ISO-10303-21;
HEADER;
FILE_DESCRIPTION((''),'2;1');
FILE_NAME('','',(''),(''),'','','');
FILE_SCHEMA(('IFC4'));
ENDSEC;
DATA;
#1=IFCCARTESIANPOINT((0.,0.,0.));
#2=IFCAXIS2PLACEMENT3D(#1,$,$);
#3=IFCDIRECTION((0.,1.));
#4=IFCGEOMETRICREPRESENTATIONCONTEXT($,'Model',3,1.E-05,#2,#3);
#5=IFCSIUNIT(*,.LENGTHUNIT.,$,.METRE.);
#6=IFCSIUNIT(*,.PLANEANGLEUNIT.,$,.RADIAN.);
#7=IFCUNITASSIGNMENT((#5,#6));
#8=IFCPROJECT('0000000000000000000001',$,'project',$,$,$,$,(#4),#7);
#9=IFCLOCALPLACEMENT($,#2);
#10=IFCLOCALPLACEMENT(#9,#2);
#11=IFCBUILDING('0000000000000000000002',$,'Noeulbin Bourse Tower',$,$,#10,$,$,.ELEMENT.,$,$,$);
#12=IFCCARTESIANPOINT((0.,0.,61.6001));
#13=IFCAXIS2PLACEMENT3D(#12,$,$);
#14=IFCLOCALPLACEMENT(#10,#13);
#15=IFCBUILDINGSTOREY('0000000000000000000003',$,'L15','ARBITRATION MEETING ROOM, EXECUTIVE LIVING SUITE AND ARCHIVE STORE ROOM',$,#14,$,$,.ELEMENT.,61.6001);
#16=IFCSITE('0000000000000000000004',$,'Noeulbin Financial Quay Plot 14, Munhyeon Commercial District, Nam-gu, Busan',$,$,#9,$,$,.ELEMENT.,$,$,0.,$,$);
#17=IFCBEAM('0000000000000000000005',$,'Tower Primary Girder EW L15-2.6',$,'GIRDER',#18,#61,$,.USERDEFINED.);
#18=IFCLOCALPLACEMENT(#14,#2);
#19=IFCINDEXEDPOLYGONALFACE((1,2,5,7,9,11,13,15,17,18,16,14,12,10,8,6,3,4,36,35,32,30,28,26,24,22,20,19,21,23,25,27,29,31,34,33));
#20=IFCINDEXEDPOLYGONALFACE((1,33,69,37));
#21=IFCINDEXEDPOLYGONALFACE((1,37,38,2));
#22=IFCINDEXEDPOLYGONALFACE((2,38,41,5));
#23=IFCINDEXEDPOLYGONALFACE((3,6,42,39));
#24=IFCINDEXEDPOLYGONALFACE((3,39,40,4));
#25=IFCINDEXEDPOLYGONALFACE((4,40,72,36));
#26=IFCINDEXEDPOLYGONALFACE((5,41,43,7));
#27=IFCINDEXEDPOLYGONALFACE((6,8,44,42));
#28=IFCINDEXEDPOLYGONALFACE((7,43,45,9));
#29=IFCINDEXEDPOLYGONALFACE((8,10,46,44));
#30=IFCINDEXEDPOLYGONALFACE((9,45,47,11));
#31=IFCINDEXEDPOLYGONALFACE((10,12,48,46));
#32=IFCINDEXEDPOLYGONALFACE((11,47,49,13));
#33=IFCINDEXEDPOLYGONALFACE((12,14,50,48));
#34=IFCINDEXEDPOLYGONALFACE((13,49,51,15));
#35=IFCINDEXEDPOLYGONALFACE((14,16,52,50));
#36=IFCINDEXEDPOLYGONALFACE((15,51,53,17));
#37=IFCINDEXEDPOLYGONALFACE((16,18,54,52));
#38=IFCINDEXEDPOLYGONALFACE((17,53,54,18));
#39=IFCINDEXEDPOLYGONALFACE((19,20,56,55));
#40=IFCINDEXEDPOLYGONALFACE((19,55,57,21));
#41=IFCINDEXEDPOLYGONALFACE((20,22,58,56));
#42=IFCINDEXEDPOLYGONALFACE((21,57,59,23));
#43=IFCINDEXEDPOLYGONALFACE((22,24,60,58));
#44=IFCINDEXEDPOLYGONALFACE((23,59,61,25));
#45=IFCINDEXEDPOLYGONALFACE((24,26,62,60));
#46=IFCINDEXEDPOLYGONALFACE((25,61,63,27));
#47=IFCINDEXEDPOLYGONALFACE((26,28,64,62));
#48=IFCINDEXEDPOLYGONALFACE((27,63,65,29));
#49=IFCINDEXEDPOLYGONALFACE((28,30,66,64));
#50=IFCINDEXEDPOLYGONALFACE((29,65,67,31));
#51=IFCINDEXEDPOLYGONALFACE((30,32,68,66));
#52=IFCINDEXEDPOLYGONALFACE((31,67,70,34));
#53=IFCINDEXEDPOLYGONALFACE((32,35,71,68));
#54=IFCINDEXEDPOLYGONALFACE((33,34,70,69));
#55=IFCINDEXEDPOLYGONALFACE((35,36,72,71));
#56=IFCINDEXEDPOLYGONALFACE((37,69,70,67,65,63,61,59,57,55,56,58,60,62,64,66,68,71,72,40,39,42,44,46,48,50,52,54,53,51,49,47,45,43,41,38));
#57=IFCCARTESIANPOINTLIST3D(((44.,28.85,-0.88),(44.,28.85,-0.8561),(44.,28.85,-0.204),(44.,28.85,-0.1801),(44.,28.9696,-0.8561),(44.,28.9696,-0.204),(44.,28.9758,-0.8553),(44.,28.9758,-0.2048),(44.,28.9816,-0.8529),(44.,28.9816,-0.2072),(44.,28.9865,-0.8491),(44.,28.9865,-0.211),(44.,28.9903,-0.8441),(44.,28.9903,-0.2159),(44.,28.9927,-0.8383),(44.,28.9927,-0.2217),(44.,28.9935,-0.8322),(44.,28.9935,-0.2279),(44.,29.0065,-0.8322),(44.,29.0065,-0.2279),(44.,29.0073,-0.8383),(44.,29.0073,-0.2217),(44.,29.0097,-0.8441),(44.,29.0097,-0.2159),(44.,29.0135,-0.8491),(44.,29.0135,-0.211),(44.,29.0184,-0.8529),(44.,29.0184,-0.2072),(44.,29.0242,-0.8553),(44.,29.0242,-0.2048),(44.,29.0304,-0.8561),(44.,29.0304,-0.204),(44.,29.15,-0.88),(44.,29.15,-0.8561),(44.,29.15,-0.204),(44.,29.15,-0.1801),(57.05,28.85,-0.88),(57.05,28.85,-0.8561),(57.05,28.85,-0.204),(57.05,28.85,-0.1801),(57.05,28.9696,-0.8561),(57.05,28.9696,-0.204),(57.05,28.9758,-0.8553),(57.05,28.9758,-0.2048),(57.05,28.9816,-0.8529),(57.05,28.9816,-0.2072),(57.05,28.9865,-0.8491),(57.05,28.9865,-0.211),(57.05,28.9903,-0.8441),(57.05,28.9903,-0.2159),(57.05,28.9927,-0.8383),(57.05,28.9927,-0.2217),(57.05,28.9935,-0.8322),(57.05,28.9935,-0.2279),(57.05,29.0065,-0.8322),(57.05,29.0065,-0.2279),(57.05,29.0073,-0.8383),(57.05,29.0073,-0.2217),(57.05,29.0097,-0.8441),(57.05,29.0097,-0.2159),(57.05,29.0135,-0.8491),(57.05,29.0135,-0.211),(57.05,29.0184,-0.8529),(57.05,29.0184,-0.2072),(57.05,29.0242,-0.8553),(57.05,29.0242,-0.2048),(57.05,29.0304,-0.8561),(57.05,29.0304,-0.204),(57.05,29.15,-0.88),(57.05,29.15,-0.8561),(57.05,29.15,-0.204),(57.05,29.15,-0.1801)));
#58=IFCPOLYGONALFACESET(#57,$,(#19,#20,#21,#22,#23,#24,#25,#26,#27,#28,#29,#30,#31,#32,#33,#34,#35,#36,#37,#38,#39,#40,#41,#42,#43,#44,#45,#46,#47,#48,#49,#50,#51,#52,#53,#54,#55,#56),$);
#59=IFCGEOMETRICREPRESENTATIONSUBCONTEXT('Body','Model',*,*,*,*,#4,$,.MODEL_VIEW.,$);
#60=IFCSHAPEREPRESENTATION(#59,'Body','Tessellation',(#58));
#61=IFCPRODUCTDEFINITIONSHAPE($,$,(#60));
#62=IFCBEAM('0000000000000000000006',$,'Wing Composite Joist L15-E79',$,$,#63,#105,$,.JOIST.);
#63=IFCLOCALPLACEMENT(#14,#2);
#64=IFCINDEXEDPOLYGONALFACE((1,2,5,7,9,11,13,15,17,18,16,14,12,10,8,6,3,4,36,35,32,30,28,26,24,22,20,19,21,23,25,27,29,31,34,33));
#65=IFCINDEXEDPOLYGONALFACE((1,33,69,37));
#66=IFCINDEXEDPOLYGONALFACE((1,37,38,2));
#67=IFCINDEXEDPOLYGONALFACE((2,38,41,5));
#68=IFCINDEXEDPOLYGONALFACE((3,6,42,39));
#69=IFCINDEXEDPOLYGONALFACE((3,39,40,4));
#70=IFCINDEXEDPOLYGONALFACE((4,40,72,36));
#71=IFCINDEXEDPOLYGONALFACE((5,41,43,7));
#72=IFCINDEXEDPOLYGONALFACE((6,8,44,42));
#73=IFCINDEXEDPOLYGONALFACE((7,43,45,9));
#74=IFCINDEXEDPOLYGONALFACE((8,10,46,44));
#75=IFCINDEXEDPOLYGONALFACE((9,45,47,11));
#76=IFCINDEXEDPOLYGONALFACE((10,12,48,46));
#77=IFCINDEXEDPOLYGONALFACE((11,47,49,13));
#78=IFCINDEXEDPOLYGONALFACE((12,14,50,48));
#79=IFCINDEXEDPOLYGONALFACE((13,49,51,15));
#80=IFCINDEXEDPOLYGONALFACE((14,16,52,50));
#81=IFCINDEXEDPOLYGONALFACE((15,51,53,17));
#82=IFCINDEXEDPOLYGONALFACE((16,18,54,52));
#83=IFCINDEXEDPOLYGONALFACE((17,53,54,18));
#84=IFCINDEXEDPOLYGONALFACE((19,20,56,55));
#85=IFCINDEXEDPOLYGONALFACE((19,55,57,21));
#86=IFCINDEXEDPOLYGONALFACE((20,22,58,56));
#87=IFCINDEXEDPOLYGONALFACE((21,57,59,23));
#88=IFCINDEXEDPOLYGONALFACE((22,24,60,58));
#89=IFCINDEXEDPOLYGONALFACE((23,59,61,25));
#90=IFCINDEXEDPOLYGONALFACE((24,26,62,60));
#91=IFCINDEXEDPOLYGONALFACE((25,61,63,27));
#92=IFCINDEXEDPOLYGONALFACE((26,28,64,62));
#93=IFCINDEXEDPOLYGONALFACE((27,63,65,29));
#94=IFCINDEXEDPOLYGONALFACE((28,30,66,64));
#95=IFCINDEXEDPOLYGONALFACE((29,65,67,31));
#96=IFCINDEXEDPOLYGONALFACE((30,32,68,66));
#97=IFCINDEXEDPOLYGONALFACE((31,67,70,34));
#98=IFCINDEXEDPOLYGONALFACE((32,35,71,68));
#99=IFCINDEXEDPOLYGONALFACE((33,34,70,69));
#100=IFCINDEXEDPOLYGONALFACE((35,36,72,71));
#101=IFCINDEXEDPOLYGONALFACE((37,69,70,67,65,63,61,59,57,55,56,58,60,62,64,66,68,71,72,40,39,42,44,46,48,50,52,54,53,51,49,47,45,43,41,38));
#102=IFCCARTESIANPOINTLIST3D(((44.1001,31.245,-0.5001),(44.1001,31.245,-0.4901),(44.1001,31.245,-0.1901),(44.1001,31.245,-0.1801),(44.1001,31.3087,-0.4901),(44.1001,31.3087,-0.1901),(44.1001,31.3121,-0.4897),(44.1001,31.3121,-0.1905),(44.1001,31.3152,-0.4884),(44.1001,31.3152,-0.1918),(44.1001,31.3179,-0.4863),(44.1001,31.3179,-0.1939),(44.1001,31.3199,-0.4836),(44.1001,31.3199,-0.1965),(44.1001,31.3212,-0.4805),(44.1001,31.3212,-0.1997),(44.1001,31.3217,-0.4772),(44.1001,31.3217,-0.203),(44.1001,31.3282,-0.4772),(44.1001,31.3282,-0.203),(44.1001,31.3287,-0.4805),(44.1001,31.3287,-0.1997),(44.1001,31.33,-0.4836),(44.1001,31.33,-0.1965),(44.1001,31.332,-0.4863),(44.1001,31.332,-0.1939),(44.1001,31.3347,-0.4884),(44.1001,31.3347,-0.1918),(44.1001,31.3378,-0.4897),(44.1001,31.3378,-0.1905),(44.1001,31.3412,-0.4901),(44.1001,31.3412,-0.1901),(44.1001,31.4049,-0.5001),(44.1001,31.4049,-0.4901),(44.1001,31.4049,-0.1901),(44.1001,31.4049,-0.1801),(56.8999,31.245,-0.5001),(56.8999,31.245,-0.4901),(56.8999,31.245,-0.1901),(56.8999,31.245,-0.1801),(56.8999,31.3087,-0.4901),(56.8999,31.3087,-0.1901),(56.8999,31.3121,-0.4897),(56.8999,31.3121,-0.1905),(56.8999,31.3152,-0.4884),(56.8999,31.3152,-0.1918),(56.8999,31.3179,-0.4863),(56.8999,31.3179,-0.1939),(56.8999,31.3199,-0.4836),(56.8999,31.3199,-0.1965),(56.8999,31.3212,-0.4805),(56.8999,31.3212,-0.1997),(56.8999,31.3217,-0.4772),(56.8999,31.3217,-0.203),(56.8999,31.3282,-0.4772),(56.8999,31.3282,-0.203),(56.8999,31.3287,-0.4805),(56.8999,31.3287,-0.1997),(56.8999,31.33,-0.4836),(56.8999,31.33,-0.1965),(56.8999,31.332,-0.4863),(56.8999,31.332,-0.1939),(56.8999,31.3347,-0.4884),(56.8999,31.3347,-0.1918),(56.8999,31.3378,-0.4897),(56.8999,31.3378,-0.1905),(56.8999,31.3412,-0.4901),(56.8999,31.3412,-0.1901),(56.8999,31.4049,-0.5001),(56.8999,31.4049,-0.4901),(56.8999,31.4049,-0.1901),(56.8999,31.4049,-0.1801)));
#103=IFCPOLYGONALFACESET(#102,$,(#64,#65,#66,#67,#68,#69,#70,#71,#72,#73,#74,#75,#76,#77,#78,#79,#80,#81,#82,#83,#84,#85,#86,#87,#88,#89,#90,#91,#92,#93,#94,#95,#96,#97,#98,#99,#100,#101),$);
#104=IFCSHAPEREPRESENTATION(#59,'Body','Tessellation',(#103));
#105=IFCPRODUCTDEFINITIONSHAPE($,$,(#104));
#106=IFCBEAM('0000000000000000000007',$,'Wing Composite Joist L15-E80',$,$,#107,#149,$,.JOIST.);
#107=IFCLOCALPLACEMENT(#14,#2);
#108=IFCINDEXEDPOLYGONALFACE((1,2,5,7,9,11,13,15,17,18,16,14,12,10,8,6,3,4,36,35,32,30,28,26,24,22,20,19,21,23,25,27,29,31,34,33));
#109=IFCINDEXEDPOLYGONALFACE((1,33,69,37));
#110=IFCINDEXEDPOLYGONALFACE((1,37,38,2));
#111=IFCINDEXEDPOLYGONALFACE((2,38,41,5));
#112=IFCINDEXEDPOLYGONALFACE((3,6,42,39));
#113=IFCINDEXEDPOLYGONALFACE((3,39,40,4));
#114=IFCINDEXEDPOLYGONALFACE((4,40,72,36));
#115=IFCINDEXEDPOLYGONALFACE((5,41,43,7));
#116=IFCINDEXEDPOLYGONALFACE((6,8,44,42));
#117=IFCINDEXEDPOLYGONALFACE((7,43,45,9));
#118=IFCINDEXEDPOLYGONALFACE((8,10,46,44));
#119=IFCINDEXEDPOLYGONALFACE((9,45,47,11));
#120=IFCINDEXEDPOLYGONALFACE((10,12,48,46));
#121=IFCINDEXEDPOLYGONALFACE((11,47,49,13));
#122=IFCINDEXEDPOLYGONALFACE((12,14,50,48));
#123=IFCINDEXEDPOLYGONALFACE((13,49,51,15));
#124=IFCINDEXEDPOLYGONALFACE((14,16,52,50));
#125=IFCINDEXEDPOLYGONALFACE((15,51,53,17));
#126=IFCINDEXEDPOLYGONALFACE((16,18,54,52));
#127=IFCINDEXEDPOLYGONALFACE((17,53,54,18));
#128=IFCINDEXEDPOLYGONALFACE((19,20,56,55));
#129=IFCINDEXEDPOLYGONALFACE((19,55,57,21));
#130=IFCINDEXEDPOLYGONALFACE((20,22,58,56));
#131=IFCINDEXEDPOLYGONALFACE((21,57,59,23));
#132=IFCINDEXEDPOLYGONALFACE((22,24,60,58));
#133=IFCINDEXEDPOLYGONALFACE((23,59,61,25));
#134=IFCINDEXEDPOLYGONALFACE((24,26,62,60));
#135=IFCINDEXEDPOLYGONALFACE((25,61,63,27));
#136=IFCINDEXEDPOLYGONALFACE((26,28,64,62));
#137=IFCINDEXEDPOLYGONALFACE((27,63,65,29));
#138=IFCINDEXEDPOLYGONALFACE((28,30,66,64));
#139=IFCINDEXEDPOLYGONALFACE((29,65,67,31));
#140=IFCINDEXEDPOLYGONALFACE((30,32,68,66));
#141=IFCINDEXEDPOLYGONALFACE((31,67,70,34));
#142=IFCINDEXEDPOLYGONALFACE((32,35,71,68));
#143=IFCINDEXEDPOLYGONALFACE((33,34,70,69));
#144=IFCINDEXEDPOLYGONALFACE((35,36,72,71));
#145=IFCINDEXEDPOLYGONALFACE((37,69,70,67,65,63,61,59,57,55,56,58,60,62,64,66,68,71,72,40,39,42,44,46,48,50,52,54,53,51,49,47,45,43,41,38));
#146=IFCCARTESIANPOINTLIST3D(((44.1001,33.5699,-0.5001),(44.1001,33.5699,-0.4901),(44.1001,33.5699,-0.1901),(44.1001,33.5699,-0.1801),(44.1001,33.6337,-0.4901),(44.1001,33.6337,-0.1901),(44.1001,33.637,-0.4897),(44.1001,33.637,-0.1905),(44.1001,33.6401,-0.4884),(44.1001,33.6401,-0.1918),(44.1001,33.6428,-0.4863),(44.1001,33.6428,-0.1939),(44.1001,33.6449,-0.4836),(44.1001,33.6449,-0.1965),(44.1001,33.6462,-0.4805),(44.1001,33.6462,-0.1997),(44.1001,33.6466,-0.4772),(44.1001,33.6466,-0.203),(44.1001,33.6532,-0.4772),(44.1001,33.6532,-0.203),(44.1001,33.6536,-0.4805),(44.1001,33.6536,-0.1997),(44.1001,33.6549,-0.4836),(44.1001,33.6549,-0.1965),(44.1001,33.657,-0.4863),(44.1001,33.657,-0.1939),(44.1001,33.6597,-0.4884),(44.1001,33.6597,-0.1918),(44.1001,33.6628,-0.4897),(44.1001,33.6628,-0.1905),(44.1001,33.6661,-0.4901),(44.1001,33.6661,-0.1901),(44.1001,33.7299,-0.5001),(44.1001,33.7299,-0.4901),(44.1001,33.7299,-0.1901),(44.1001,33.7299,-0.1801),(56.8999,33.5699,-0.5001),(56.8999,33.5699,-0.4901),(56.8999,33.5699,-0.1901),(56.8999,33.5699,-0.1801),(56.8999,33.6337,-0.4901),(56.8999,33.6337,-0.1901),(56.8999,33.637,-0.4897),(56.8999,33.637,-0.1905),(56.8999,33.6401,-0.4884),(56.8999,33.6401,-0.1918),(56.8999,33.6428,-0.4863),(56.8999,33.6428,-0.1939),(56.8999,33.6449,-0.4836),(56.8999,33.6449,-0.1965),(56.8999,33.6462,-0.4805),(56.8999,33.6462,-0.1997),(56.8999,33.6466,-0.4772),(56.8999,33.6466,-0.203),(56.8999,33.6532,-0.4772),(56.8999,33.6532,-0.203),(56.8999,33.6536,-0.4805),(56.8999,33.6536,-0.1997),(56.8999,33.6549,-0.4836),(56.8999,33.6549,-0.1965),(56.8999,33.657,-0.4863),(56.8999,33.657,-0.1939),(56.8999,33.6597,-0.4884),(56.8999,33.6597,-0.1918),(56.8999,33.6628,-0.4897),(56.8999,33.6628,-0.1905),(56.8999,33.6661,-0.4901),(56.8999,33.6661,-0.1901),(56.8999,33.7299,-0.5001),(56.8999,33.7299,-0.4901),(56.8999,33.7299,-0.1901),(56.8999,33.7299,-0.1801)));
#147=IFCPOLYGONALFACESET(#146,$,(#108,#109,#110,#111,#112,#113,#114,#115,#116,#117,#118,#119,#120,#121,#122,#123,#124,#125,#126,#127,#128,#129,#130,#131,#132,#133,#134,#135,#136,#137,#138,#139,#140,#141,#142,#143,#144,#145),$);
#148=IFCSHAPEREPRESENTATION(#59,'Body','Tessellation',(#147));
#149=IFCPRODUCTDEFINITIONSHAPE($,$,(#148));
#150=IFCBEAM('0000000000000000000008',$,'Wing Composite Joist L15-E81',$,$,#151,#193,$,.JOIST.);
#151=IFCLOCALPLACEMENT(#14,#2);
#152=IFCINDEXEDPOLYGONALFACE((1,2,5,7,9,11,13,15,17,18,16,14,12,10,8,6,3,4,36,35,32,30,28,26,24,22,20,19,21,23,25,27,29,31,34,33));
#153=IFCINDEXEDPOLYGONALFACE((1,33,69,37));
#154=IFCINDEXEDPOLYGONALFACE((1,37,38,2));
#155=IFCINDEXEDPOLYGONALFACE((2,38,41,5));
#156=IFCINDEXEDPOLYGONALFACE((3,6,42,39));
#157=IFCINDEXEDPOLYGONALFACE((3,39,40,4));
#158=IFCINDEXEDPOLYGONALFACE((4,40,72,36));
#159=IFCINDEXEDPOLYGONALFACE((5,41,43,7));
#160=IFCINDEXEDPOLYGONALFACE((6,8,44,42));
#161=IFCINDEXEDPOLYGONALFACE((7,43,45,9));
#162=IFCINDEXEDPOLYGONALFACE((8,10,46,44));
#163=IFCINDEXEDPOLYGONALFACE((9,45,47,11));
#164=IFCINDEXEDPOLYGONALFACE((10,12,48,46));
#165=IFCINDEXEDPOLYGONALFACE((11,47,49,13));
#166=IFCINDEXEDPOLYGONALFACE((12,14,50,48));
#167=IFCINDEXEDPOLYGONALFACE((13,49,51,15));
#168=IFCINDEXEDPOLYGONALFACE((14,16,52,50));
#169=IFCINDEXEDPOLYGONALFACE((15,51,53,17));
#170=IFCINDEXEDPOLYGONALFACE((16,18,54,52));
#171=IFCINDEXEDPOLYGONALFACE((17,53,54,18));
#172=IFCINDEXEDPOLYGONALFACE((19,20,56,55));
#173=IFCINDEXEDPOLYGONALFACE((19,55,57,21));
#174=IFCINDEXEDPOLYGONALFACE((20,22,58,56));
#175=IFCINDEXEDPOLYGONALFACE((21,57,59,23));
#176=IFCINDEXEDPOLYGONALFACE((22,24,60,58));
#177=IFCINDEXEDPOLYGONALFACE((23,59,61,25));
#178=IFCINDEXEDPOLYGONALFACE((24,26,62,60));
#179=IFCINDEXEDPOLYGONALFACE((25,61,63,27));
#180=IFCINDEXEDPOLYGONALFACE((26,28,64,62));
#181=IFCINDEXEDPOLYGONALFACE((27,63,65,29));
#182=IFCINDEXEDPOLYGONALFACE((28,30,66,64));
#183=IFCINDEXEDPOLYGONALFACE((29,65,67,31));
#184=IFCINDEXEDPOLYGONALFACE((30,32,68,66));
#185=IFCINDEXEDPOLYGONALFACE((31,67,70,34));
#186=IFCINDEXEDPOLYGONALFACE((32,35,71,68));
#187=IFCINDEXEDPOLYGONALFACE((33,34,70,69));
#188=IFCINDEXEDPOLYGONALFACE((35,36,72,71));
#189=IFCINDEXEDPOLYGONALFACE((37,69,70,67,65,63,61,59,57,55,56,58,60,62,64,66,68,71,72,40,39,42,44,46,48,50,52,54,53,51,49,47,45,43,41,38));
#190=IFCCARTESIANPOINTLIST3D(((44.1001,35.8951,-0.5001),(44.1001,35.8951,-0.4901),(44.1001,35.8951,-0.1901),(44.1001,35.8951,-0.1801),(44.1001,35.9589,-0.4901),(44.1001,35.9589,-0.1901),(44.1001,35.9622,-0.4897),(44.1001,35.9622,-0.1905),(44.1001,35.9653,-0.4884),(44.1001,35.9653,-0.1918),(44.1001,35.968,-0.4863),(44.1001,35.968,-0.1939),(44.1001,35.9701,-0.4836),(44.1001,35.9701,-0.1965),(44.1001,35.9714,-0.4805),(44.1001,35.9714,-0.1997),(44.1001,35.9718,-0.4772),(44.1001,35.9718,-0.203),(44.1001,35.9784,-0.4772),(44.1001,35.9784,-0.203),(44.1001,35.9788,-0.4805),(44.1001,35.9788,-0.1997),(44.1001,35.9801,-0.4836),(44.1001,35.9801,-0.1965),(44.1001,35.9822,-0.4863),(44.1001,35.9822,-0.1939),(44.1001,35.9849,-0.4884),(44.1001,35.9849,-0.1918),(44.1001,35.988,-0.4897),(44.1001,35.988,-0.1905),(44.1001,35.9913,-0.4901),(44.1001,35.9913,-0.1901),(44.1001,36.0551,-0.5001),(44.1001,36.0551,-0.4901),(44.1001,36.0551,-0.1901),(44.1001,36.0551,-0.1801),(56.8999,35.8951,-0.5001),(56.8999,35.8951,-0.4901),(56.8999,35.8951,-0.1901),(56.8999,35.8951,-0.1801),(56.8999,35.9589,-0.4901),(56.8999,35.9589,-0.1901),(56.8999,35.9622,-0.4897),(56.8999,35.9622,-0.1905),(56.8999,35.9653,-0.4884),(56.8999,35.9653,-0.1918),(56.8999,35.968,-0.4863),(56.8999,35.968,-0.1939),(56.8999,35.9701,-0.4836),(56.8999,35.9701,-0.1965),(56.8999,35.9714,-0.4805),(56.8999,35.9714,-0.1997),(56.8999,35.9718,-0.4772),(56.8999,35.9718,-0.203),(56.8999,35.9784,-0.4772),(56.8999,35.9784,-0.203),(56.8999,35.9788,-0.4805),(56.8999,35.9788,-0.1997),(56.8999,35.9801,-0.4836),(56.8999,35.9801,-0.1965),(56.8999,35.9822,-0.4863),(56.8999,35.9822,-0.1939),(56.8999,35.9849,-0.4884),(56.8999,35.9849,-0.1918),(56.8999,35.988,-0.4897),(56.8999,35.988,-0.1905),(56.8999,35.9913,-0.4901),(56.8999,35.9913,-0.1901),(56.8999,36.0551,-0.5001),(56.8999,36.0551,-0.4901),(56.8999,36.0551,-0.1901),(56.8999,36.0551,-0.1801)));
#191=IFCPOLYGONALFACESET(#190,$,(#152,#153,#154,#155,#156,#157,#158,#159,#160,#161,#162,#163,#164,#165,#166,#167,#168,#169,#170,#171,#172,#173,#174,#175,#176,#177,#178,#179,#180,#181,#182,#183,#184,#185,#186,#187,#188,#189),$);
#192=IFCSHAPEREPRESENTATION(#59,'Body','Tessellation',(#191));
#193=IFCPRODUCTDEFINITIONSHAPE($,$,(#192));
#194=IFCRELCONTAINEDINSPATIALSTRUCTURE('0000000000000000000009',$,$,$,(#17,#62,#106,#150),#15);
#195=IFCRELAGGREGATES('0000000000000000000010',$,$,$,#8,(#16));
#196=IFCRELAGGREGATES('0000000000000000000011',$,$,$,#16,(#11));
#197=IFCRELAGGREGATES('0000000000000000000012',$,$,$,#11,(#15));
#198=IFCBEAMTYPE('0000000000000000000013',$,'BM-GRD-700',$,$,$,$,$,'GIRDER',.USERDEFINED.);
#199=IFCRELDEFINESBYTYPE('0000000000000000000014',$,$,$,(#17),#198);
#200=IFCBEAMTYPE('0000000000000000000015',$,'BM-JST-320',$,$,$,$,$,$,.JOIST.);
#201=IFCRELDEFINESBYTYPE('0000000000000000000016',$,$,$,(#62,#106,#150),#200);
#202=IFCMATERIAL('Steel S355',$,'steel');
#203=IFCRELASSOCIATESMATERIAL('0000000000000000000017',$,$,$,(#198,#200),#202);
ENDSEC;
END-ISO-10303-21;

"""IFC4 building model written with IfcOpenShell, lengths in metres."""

from ifc_helpers import new_model, si_unit, direction, frame, origin, origin_2d, place, context, subcontext, project, spatial, i_section, extrude, material, material_profile, profile_set, type_object, element, save


model = new_model("IFC4")

# Units and contexts
model_context = context("Model", 3, precision=1e-05, world=origin(), true_north=direction((0.0, 1.0)))
body_context = subcontext(model_context, "Body", "Model", "MODEL_VIEW")
ifc_project = project(units=[si_unit("LENGTHUNIT", "METRE"), si_unit("PLANEANGLEUNIT", "RADIAN")], contexts=[model_context])

# Site, building, storey
site_placement = place(None, origin())
site = spatial("IfcSite", under=ifc_project, at=site_placement, Name="Noeulbin Financial Quay Plot 14, Munhyeon Commercial District, Nam-gu, Busan", CompositionType="ELEMENT", RefElevation=0.0)
building_placement = place(site_placement, origin())
building = spatial("IfcBuilding", under=site, at=building_placement, Name="Noeulbin Bourse Tower", CompositionType="ELEMENT")
storey_placement = place(building_placement, frame((0.0, 0.0, 61.6001)))
storey = spatial("IfcBuildingStorey", under=building, at=storey_placement, Name="L15", Description="ARBITRATION MEETING ROOM, EXECUTIVE LIVING SUITE AND ARCHIVE STORE ROOM", CompositionType="ELEMENT", Elevation=61.6001)

# Beams
ifc_material_1 = material(Name="Steel S355", Category="steel")
ifc_material_profile_1 = material_profile(ifc_material_1, i_section(OverallWidth=0.3, OverallDepth=0.7, WebThickness=0.0129, FlangeThickness=0.0239, FilletRadius=0.0239, at=origin_2d()), Name="H-700x300x13x24", Category="LoadBearing")
ifc_profile_set_1 = profile_set([ifc_material_profile_1], Name="Steel S355")
beam_type_1 = type_object("IfcBeamType", Name="BM-GRD-700", ElementType="GIRDER", PredefinedType="USERDEFINED", material=ifc_profile_set_1)
beam_1_placement = place(storey_placement, frame((44.0, 29.0, -0.53), z_axis=(1.0, 0.0, 0.0), x_axis=(0.0, 1.0, 0.0)))
element("IfcBeam", 1, at=beam_1_placement, inside=storey, type_object=beam_type_1, Name="Tower Primary Girder EW L15-2.6", ObjectType="GIRDER", PredefinedType="USERDEFINED", context=body_context, shape_type="SweptSolid", body=[
    extrude(i_section(OverallWidth=0.3, OverallDepth=0.7, WebThickness=0.0129, FlangeThickness=0.0239, FilletRadius=0.0239, at=origin_2d()), origin(), (0.0, 0.0, 1.0), 13.05),
])
ifc_material_profile_2 = material_profile(ifc_material_1, i_section(OverallWidth=0.1599, OverallDepth=0.3201, WebThickness=0.0066, FlangeThickness=0.01, FilletRadius=0.0129, at=origin_2d()), Name="H-320x160x6.5x10", Category="LoadBearing")
ifc_profile_set_2 = profile_set([ifc_material_profile_2], Name="Steel S355")
beam_type_2 = type_object("IfcBeamType", Name="BM-JST-320", PredefinedType="JOIST", material=ifc_profile_set_2)
for number, where, z_axis, x_axis, name in (
    (2, (44.1001, 31.325, -0.3401), (1.0, 0.0, 0.0), (0.0, 1.0, 0.0), "Wing Composite Joist L15-E79"),
    (3, (44.1001, 33.6499, -0.3401), (1.0, 0.0, 0.0), (0.0, 1.0, 0.0), "Wing Composite Joist L15-E80"),
    (4, (44.1001, 35.9751, -0.3401), (1.0, 0.0, 0.0), (0.0, 1.0, 0.0), "Wing Composite Joist L15-E81"),
):
    element("IfcBeam", number, at=place(storey_placement, frame(where, z_axis=z_axis, x_axis=x_axis)), inside=storey, type_object=beam_type_2, Name=name, PredefinedType="JOIST", context=body_context, shape_type="SweptSolid", body=[
        extrude(i_section(OverallWidth=0.1599, OverallDepth=0.3201, WebThickness=0.0066, FlangeThickness=0.01, FilletRadius=0.0129, at=origin_2d()), origin(), (0.0, 0.0, 1.0), 12.7998),
    ])

save(model, "model.ifc")
